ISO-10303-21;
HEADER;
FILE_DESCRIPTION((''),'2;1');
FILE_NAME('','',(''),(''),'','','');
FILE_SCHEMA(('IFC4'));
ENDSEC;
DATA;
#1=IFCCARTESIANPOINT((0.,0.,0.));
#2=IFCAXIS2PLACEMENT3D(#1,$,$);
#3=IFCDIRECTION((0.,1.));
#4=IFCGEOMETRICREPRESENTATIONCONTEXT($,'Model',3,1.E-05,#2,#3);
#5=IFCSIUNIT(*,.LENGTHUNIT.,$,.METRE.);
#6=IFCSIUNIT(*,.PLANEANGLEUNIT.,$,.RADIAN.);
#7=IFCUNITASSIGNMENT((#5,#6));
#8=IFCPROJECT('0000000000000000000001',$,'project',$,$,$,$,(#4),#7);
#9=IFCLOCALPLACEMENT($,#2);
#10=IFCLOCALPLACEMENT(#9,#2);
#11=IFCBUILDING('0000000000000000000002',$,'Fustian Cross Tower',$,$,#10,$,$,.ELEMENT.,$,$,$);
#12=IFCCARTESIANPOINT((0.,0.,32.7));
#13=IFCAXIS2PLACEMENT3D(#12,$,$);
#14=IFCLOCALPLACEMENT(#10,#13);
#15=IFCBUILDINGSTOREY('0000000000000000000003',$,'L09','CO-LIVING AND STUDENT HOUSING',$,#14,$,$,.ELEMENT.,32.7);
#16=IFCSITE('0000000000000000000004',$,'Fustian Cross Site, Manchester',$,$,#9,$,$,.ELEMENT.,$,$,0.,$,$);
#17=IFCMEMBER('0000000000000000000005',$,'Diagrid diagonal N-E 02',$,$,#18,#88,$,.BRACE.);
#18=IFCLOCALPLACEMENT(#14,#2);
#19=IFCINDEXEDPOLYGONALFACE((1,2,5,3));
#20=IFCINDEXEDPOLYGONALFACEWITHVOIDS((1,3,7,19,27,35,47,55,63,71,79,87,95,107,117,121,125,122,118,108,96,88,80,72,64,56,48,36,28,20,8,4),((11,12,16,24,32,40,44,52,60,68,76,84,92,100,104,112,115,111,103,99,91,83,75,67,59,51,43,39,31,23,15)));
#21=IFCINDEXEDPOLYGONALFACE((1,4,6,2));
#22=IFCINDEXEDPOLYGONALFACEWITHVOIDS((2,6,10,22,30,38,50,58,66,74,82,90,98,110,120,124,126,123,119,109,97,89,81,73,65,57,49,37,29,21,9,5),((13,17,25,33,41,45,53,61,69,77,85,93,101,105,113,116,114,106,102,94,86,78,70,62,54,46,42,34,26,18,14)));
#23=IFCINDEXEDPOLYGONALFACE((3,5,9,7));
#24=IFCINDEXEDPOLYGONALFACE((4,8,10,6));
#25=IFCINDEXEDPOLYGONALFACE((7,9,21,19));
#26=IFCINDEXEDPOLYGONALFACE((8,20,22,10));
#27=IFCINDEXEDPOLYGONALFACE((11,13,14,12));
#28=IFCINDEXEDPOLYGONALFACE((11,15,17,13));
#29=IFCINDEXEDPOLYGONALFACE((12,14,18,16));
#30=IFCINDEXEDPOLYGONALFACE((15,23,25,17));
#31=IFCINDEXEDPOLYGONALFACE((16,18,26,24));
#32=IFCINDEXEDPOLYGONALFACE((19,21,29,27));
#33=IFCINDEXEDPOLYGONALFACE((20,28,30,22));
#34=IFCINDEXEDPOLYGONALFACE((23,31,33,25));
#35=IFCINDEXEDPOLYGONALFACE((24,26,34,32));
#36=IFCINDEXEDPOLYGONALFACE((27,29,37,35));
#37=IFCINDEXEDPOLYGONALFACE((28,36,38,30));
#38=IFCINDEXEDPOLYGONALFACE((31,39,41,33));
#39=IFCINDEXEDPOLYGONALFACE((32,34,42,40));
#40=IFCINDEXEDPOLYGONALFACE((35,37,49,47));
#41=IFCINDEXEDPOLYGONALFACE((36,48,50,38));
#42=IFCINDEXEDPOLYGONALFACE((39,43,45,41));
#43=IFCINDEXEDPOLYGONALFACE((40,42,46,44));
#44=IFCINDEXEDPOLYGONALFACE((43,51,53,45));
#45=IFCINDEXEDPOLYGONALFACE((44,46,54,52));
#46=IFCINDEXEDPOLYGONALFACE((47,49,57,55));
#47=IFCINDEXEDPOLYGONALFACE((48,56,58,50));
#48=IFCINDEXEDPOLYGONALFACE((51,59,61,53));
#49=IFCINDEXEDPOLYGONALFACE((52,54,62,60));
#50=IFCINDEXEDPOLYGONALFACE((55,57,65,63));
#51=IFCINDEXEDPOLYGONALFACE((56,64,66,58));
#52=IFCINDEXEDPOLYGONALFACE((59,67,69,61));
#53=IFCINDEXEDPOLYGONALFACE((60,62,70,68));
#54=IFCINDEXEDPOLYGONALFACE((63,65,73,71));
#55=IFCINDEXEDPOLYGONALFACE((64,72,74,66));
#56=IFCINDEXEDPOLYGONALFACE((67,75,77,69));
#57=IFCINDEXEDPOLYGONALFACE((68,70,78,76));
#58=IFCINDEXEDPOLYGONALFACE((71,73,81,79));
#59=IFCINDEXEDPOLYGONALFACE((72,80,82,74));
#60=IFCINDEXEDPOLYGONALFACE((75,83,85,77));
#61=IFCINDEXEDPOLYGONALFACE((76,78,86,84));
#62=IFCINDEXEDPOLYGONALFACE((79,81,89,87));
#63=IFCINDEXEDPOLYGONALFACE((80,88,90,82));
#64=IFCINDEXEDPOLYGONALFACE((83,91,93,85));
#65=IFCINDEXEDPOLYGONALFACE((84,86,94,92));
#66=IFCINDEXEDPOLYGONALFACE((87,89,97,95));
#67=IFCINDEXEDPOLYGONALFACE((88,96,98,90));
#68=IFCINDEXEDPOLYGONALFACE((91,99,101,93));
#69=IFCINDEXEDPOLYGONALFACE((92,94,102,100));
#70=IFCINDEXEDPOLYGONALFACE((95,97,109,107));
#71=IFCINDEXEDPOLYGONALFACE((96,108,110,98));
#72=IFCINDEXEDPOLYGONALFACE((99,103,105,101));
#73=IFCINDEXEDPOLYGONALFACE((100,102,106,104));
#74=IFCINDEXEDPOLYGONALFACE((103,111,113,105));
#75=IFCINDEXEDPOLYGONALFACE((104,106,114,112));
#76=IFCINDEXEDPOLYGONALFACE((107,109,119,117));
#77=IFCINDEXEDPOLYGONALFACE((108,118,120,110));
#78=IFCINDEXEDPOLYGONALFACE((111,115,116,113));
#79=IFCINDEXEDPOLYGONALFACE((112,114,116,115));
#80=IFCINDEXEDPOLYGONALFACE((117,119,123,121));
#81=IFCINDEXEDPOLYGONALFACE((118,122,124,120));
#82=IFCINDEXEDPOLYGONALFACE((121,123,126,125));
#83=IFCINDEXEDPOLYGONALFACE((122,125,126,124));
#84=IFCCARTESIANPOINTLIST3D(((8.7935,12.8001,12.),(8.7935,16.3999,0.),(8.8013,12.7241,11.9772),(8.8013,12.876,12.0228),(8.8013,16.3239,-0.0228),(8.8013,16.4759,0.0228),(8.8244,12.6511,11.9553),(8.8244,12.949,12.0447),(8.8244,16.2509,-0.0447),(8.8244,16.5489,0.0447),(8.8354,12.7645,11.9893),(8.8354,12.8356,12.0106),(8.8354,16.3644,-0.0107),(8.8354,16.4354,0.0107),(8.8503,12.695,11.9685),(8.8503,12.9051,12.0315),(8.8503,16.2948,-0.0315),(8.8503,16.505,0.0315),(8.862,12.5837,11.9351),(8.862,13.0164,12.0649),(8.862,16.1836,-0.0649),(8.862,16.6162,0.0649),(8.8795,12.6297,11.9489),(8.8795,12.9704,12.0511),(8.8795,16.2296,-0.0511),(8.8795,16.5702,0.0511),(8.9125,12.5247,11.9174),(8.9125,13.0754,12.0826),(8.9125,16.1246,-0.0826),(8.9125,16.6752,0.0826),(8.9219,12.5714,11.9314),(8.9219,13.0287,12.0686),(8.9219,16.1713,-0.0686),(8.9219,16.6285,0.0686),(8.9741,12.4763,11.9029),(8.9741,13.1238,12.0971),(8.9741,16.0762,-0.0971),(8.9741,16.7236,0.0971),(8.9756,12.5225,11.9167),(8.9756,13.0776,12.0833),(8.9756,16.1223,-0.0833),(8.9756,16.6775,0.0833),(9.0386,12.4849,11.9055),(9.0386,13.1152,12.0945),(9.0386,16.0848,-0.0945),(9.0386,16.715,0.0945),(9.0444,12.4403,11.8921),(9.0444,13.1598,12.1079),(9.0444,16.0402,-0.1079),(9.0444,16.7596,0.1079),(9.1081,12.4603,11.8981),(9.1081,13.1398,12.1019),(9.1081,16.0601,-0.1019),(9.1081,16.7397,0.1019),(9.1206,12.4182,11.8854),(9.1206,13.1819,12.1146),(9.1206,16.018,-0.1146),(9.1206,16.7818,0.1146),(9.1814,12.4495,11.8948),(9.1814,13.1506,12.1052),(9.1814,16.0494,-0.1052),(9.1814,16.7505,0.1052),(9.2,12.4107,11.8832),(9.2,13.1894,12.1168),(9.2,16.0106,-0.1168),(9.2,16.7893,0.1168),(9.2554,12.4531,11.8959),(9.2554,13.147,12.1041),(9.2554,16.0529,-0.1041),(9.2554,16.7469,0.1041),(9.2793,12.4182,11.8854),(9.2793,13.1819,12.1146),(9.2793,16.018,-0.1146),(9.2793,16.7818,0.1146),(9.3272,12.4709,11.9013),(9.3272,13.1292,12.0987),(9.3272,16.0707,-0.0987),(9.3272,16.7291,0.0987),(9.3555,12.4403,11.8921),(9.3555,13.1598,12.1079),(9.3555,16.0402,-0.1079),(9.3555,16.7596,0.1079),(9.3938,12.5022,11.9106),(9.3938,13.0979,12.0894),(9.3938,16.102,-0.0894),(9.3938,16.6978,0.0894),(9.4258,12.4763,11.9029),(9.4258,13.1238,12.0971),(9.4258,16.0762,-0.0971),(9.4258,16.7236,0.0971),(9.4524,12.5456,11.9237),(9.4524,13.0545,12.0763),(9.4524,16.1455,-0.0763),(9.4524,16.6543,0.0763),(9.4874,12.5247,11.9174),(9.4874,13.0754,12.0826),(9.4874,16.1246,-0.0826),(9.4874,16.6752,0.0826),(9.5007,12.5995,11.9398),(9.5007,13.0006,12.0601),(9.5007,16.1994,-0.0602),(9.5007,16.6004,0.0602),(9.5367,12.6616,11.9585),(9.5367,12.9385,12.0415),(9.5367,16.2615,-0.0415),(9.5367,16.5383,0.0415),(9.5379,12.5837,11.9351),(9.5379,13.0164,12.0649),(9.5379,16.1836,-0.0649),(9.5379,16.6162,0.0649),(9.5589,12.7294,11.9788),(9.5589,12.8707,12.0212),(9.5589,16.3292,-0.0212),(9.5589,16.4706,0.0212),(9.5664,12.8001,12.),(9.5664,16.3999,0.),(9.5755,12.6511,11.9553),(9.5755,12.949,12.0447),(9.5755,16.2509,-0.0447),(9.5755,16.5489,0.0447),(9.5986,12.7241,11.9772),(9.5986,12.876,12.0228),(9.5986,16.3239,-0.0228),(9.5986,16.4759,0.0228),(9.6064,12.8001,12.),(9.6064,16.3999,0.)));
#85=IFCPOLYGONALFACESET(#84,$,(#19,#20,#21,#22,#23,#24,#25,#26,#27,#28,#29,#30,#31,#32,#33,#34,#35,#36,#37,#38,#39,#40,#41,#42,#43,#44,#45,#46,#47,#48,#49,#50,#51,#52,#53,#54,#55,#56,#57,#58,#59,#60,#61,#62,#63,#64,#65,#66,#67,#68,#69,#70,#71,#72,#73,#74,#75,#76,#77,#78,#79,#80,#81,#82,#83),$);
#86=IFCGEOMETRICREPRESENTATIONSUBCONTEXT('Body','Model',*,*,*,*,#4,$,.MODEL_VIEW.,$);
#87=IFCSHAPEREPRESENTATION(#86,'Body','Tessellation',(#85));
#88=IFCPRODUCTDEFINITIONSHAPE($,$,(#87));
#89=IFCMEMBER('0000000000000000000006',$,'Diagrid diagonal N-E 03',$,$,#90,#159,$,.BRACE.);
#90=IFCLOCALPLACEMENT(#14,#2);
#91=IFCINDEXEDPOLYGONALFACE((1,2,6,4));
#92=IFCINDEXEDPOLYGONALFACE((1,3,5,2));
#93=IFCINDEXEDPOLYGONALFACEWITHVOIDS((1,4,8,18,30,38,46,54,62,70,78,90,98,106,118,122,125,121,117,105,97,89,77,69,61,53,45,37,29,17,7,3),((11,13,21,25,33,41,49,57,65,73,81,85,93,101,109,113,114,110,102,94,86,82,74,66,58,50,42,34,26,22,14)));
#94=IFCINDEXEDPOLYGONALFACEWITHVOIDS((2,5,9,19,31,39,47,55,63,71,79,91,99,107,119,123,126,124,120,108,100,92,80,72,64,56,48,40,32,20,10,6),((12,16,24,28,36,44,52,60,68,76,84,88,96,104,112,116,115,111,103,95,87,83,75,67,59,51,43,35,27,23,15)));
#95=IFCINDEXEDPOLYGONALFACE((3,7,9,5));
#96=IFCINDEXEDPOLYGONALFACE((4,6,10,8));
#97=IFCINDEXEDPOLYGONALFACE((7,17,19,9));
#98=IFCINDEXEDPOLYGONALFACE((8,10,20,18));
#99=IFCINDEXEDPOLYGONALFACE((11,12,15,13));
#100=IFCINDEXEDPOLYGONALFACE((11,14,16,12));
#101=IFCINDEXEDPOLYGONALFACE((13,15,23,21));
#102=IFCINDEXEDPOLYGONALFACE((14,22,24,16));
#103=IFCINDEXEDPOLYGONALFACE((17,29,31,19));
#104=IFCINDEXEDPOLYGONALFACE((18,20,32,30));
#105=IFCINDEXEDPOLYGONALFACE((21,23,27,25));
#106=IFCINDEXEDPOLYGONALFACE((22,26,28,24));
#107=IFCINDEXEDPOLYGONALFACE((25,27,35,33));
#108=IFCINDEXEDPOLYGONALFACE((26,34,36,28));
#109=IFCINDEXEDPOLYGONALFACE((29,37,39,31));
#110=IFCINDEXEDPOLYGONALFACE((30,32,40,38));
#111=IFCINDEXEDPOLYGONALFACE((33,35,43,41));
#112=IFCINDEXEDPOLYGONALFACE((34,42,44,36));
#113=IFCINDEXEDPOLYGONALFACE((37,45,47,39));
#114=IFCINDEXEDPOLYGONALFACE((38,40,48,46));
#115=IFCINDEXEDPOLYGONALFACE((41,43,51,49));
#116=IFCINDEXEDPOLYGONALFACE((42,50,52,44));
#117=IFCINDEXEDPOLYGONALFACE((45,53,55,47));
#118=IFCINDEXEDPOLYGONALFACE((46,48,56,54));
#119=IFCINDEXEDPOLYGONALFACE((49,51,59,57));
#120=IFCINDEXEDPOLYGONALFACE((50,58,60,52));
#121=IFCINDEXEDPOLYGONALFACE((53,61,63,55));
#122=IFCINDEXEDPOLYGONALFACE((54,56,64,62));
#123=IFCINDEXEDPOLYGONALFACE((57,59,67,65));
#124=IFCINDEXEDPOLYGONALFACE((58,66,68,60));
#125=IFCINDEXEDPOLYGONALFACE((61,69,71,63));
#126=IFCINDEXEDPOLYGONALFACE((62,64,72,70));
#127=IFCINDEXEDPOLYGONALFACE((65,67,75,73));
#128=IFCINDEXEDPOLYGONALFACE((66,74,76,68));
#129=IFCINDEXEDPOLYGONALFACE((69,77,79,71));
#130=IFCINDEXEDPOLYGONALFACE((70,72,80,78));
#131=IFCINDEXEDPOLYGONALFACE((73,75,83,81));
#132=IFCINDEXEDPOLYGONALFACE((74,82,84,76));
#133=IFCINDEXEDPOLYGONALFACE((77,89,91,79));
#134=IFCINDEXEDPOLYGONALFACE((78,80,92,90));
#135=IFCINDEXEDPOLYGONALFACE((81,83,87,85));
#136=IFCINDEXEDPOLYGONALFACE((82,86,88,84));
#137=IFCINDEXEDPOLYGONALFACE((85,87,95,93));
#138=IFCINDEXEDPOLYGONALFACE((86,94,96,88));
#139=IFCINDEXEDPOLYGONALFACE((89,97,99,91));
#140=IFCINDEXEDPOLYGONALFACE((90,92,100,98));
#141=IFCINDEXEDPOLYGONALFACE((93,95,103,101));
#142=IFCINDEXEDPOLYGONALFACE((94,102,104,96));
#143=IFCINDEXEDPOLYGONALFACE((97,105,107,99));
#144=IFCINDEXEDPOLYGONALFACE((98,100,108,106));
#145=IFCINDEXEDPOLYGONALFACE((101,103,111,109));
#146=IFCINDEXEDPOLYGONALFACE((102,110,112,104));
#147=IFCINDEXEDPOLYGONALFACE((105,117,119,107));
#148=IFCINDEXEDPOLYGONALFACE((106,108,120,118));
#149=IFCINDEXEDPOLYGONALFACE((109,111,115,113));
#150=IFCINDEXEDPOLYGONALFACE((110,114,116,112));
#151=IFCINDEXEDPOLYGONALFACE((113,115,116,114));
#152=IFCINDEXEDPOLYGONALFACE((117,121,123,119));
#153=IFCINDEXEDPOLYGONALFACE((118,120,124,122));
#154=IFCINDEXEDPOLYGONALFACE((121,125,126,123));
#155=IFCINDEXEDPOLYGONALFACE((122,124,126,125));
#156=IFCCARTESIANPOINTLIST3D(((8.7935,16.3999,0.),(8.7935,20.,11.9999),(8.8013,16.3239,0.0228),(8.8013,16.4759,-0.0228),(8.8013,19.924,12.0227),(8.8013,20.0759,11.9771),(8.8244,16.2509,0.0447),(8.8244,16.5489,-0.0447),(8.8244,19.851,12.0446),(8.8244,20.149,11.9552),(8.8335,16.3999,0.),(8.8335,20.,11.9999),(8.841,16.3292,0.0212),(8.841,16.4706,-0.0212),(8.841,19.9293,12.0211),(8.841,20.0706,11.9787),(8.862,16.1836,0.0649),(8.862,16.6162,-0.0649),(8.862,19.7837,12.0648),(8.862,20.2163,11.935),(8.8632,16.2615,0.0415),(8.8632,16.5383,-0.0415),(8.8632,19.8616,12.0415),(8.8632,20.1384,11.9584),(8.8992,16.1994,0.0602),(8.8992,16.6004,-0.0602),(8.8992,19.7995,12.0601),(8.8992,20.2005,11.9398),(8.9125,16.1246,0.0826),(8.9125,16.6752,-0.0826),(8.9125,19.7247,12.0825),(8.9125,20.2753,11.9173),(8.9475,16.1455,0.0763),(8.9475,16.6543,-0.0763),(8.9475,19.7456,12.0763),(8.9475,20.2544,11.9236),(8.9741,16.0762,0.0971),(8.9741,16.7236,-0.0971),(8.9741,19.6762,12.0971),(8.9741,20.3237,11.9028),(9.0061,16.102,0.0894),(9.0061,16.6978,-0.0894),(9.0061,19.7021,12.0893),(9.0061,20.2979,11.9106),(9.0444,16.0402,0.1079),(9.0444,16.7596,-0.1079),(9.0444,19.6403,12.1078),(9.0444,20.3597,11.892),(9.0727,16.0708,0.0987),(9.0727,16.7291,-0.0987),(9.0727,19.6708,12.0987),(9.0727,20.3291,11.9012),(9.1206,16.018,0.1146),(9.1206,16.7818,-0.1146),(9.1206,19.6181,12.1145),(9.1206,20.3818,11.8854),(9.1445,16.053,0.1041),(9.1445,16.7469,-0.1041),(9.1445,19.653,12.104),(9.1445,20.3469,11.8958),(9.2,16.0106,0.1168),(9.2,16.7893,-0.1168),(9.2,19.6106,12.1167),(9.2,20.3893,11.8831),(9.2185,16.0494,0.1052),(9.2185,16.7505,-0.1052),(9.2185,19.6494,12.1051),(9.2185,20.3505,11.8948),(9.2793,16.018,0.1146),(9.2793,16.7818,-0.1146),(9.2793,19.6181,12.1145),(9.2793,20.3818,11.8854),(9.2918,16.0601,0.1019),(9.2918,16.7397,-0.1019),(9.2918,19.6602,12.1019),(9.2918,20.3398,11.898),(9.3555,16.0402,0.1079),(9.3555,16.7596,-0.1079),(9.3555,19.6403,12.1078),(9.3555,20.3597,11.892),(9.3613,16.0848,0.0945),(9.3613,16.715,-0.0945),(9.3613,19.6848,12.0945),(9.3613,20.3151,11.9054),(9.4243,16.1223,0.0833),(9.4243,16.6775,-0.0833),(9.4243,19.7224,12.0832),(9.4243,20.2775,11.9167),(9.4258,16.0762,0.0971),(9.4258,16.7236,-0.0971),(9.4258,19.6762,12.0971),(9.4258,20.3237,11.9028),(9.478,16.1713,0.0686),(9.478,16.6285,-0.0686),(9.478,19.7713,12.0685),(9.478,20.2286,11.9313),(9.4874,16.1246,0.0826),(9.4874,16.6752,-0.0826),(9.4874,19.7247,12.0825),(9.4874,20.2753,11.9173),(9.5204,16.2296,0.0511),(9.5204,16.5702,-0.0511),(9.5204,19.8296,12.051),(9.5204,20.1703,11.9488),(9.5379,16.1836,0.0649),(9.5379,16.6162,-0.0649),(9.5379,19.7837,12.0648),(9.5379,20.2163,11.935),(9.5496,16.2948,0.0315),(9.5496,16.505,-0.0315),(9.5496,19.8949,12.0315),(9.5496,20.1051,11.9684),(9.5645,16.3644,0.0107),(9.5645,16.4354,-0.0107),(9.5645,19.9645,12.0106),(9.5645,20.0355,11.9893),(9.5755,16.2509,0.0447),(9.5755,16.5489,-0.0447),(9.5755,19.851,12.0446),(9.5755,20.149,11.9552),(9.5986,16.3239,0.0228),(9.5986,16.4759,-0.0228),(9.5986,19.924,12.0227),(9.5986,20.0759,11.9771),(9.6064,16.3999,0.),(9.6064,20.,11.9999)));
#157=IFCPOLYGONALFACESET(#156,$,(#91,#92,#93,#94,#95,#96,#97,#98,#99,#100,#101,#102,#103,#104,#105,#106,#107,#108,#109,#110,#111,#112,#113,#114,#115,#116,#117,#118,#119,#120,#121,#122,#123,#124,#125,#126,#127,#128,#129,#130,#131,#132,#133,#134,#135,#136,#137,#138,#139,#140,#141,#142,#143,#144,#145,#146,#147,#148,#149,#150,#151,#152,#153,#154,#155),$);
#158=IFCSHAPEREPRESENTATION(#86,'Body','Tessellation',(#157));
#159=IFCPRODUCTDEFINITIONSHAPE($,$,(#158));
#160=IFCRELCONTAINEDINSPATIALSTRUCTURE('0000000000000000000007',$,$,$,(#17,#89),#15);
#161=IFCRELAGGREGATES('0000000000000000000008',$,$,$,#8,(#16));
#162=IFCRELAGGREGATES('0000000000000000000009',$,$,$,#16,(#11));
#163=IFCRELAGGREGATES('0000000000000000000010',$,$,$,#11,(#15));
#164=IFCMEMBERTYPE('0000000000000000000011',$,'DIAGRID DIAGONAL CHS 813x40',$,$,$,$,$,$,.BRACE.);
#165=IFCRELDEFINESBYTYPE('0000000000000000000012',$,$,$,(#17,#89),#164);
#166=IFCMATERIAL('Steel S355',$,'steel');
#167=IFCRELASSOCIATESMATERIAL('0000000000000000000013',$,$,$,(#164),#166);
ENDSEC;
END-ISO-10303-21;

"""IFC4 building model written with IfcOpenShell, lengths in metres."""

from ifc_helpers import new_model, si_unit, direction, frame, origin, origin_2d, place, context, subcontext, project, spatial, hollow_circle, extrude, material, material_profile, profile_set, type_object, element, save


model = new_model("IFC4")

# Units and contexts
model_context = context("Model", 3, precision=1e-05, world=origin(), true_north=direction((0.0, 1.0)))
body_context = subcontext(model_context, "Body", "Model", "MODEL_VIEW")
ifc_project = project(units=[si_unit("LENGTHUNIT", "METRE"), si_unit("PLANEANGLEUNIT", "RADIAN")], contexts=[model_context])

# Site, building, storey
site_placement = place(None, origin())
site = spatial("IfcSite", under=ifc_project, at=site_placement, Name="Fustian Cross Site, Manchester", CompositionType="ELEMENT", RefElevation=0.0)
building_placement = place(site_placement, origin())
building = spatial("IfcBuilding", under=site, at=building_placement, Name="Fustian Cross Tower", CompositionType="ELEMENT")
storey_placement = place(building_placement, frame((0.0, 0.0, 32.7)))
storey = spatial("IfcBuildingStorey", under=building, at=storey_placement, Name="L09", Description="CO-LIVING AND STUDENT HOUSING", CompositionType="ELEMENT", Elevation=32.7)

# Members
ifc_material_1 = material(Name="Steel S355", Category="steel")
ifc_material_profile_1 = material_profile(ifc_material_1, hollow_circle(Radius=0.4065, WallThickness=0.04, at=origin_2d()), Name="CHS 813x40")
ifc_profile_set_1 = profile_set([ifc_material_profile_1], Name="Steel S355")
member_type_1 = type_object("IfcMemberType", Name="DIAGRID DIAGONAL CHS 813x40", PredefinedType="BRACE", material=ifc_profile_set_1)
for number, where, z_axis, x_axis, name in (
    (1, (9.2, 16.3999, 0.0), (0.0, -0.287337, 0.95783), (1.0, 0.0, 0.0), "Diagrid diagonal N-E 02"),
    (2, (9.2, 16.3999, 0.0), (0.0, 0.287355, 0.957824), (-1.0, 0.0, 0.0), "Diagrid diagonal N-E 03"),
):
    element("IfcMember", number, at=place(storey_placement, frame(where, z_axis=z_axis, x_axis=x_axis)), inside=storey, type_object=member_type_1, Name=name, PredefinedType="BRACE", context=body_context, shape_type="SweptSolid", body=[
        extrude(hollow_circle(Radius=0.4065, WallThickness=0.04, at=origin_2d()), origin(), (0.0, 0.0, 1.0), 12.5283),
    ])

save(model, "model.ifc")
